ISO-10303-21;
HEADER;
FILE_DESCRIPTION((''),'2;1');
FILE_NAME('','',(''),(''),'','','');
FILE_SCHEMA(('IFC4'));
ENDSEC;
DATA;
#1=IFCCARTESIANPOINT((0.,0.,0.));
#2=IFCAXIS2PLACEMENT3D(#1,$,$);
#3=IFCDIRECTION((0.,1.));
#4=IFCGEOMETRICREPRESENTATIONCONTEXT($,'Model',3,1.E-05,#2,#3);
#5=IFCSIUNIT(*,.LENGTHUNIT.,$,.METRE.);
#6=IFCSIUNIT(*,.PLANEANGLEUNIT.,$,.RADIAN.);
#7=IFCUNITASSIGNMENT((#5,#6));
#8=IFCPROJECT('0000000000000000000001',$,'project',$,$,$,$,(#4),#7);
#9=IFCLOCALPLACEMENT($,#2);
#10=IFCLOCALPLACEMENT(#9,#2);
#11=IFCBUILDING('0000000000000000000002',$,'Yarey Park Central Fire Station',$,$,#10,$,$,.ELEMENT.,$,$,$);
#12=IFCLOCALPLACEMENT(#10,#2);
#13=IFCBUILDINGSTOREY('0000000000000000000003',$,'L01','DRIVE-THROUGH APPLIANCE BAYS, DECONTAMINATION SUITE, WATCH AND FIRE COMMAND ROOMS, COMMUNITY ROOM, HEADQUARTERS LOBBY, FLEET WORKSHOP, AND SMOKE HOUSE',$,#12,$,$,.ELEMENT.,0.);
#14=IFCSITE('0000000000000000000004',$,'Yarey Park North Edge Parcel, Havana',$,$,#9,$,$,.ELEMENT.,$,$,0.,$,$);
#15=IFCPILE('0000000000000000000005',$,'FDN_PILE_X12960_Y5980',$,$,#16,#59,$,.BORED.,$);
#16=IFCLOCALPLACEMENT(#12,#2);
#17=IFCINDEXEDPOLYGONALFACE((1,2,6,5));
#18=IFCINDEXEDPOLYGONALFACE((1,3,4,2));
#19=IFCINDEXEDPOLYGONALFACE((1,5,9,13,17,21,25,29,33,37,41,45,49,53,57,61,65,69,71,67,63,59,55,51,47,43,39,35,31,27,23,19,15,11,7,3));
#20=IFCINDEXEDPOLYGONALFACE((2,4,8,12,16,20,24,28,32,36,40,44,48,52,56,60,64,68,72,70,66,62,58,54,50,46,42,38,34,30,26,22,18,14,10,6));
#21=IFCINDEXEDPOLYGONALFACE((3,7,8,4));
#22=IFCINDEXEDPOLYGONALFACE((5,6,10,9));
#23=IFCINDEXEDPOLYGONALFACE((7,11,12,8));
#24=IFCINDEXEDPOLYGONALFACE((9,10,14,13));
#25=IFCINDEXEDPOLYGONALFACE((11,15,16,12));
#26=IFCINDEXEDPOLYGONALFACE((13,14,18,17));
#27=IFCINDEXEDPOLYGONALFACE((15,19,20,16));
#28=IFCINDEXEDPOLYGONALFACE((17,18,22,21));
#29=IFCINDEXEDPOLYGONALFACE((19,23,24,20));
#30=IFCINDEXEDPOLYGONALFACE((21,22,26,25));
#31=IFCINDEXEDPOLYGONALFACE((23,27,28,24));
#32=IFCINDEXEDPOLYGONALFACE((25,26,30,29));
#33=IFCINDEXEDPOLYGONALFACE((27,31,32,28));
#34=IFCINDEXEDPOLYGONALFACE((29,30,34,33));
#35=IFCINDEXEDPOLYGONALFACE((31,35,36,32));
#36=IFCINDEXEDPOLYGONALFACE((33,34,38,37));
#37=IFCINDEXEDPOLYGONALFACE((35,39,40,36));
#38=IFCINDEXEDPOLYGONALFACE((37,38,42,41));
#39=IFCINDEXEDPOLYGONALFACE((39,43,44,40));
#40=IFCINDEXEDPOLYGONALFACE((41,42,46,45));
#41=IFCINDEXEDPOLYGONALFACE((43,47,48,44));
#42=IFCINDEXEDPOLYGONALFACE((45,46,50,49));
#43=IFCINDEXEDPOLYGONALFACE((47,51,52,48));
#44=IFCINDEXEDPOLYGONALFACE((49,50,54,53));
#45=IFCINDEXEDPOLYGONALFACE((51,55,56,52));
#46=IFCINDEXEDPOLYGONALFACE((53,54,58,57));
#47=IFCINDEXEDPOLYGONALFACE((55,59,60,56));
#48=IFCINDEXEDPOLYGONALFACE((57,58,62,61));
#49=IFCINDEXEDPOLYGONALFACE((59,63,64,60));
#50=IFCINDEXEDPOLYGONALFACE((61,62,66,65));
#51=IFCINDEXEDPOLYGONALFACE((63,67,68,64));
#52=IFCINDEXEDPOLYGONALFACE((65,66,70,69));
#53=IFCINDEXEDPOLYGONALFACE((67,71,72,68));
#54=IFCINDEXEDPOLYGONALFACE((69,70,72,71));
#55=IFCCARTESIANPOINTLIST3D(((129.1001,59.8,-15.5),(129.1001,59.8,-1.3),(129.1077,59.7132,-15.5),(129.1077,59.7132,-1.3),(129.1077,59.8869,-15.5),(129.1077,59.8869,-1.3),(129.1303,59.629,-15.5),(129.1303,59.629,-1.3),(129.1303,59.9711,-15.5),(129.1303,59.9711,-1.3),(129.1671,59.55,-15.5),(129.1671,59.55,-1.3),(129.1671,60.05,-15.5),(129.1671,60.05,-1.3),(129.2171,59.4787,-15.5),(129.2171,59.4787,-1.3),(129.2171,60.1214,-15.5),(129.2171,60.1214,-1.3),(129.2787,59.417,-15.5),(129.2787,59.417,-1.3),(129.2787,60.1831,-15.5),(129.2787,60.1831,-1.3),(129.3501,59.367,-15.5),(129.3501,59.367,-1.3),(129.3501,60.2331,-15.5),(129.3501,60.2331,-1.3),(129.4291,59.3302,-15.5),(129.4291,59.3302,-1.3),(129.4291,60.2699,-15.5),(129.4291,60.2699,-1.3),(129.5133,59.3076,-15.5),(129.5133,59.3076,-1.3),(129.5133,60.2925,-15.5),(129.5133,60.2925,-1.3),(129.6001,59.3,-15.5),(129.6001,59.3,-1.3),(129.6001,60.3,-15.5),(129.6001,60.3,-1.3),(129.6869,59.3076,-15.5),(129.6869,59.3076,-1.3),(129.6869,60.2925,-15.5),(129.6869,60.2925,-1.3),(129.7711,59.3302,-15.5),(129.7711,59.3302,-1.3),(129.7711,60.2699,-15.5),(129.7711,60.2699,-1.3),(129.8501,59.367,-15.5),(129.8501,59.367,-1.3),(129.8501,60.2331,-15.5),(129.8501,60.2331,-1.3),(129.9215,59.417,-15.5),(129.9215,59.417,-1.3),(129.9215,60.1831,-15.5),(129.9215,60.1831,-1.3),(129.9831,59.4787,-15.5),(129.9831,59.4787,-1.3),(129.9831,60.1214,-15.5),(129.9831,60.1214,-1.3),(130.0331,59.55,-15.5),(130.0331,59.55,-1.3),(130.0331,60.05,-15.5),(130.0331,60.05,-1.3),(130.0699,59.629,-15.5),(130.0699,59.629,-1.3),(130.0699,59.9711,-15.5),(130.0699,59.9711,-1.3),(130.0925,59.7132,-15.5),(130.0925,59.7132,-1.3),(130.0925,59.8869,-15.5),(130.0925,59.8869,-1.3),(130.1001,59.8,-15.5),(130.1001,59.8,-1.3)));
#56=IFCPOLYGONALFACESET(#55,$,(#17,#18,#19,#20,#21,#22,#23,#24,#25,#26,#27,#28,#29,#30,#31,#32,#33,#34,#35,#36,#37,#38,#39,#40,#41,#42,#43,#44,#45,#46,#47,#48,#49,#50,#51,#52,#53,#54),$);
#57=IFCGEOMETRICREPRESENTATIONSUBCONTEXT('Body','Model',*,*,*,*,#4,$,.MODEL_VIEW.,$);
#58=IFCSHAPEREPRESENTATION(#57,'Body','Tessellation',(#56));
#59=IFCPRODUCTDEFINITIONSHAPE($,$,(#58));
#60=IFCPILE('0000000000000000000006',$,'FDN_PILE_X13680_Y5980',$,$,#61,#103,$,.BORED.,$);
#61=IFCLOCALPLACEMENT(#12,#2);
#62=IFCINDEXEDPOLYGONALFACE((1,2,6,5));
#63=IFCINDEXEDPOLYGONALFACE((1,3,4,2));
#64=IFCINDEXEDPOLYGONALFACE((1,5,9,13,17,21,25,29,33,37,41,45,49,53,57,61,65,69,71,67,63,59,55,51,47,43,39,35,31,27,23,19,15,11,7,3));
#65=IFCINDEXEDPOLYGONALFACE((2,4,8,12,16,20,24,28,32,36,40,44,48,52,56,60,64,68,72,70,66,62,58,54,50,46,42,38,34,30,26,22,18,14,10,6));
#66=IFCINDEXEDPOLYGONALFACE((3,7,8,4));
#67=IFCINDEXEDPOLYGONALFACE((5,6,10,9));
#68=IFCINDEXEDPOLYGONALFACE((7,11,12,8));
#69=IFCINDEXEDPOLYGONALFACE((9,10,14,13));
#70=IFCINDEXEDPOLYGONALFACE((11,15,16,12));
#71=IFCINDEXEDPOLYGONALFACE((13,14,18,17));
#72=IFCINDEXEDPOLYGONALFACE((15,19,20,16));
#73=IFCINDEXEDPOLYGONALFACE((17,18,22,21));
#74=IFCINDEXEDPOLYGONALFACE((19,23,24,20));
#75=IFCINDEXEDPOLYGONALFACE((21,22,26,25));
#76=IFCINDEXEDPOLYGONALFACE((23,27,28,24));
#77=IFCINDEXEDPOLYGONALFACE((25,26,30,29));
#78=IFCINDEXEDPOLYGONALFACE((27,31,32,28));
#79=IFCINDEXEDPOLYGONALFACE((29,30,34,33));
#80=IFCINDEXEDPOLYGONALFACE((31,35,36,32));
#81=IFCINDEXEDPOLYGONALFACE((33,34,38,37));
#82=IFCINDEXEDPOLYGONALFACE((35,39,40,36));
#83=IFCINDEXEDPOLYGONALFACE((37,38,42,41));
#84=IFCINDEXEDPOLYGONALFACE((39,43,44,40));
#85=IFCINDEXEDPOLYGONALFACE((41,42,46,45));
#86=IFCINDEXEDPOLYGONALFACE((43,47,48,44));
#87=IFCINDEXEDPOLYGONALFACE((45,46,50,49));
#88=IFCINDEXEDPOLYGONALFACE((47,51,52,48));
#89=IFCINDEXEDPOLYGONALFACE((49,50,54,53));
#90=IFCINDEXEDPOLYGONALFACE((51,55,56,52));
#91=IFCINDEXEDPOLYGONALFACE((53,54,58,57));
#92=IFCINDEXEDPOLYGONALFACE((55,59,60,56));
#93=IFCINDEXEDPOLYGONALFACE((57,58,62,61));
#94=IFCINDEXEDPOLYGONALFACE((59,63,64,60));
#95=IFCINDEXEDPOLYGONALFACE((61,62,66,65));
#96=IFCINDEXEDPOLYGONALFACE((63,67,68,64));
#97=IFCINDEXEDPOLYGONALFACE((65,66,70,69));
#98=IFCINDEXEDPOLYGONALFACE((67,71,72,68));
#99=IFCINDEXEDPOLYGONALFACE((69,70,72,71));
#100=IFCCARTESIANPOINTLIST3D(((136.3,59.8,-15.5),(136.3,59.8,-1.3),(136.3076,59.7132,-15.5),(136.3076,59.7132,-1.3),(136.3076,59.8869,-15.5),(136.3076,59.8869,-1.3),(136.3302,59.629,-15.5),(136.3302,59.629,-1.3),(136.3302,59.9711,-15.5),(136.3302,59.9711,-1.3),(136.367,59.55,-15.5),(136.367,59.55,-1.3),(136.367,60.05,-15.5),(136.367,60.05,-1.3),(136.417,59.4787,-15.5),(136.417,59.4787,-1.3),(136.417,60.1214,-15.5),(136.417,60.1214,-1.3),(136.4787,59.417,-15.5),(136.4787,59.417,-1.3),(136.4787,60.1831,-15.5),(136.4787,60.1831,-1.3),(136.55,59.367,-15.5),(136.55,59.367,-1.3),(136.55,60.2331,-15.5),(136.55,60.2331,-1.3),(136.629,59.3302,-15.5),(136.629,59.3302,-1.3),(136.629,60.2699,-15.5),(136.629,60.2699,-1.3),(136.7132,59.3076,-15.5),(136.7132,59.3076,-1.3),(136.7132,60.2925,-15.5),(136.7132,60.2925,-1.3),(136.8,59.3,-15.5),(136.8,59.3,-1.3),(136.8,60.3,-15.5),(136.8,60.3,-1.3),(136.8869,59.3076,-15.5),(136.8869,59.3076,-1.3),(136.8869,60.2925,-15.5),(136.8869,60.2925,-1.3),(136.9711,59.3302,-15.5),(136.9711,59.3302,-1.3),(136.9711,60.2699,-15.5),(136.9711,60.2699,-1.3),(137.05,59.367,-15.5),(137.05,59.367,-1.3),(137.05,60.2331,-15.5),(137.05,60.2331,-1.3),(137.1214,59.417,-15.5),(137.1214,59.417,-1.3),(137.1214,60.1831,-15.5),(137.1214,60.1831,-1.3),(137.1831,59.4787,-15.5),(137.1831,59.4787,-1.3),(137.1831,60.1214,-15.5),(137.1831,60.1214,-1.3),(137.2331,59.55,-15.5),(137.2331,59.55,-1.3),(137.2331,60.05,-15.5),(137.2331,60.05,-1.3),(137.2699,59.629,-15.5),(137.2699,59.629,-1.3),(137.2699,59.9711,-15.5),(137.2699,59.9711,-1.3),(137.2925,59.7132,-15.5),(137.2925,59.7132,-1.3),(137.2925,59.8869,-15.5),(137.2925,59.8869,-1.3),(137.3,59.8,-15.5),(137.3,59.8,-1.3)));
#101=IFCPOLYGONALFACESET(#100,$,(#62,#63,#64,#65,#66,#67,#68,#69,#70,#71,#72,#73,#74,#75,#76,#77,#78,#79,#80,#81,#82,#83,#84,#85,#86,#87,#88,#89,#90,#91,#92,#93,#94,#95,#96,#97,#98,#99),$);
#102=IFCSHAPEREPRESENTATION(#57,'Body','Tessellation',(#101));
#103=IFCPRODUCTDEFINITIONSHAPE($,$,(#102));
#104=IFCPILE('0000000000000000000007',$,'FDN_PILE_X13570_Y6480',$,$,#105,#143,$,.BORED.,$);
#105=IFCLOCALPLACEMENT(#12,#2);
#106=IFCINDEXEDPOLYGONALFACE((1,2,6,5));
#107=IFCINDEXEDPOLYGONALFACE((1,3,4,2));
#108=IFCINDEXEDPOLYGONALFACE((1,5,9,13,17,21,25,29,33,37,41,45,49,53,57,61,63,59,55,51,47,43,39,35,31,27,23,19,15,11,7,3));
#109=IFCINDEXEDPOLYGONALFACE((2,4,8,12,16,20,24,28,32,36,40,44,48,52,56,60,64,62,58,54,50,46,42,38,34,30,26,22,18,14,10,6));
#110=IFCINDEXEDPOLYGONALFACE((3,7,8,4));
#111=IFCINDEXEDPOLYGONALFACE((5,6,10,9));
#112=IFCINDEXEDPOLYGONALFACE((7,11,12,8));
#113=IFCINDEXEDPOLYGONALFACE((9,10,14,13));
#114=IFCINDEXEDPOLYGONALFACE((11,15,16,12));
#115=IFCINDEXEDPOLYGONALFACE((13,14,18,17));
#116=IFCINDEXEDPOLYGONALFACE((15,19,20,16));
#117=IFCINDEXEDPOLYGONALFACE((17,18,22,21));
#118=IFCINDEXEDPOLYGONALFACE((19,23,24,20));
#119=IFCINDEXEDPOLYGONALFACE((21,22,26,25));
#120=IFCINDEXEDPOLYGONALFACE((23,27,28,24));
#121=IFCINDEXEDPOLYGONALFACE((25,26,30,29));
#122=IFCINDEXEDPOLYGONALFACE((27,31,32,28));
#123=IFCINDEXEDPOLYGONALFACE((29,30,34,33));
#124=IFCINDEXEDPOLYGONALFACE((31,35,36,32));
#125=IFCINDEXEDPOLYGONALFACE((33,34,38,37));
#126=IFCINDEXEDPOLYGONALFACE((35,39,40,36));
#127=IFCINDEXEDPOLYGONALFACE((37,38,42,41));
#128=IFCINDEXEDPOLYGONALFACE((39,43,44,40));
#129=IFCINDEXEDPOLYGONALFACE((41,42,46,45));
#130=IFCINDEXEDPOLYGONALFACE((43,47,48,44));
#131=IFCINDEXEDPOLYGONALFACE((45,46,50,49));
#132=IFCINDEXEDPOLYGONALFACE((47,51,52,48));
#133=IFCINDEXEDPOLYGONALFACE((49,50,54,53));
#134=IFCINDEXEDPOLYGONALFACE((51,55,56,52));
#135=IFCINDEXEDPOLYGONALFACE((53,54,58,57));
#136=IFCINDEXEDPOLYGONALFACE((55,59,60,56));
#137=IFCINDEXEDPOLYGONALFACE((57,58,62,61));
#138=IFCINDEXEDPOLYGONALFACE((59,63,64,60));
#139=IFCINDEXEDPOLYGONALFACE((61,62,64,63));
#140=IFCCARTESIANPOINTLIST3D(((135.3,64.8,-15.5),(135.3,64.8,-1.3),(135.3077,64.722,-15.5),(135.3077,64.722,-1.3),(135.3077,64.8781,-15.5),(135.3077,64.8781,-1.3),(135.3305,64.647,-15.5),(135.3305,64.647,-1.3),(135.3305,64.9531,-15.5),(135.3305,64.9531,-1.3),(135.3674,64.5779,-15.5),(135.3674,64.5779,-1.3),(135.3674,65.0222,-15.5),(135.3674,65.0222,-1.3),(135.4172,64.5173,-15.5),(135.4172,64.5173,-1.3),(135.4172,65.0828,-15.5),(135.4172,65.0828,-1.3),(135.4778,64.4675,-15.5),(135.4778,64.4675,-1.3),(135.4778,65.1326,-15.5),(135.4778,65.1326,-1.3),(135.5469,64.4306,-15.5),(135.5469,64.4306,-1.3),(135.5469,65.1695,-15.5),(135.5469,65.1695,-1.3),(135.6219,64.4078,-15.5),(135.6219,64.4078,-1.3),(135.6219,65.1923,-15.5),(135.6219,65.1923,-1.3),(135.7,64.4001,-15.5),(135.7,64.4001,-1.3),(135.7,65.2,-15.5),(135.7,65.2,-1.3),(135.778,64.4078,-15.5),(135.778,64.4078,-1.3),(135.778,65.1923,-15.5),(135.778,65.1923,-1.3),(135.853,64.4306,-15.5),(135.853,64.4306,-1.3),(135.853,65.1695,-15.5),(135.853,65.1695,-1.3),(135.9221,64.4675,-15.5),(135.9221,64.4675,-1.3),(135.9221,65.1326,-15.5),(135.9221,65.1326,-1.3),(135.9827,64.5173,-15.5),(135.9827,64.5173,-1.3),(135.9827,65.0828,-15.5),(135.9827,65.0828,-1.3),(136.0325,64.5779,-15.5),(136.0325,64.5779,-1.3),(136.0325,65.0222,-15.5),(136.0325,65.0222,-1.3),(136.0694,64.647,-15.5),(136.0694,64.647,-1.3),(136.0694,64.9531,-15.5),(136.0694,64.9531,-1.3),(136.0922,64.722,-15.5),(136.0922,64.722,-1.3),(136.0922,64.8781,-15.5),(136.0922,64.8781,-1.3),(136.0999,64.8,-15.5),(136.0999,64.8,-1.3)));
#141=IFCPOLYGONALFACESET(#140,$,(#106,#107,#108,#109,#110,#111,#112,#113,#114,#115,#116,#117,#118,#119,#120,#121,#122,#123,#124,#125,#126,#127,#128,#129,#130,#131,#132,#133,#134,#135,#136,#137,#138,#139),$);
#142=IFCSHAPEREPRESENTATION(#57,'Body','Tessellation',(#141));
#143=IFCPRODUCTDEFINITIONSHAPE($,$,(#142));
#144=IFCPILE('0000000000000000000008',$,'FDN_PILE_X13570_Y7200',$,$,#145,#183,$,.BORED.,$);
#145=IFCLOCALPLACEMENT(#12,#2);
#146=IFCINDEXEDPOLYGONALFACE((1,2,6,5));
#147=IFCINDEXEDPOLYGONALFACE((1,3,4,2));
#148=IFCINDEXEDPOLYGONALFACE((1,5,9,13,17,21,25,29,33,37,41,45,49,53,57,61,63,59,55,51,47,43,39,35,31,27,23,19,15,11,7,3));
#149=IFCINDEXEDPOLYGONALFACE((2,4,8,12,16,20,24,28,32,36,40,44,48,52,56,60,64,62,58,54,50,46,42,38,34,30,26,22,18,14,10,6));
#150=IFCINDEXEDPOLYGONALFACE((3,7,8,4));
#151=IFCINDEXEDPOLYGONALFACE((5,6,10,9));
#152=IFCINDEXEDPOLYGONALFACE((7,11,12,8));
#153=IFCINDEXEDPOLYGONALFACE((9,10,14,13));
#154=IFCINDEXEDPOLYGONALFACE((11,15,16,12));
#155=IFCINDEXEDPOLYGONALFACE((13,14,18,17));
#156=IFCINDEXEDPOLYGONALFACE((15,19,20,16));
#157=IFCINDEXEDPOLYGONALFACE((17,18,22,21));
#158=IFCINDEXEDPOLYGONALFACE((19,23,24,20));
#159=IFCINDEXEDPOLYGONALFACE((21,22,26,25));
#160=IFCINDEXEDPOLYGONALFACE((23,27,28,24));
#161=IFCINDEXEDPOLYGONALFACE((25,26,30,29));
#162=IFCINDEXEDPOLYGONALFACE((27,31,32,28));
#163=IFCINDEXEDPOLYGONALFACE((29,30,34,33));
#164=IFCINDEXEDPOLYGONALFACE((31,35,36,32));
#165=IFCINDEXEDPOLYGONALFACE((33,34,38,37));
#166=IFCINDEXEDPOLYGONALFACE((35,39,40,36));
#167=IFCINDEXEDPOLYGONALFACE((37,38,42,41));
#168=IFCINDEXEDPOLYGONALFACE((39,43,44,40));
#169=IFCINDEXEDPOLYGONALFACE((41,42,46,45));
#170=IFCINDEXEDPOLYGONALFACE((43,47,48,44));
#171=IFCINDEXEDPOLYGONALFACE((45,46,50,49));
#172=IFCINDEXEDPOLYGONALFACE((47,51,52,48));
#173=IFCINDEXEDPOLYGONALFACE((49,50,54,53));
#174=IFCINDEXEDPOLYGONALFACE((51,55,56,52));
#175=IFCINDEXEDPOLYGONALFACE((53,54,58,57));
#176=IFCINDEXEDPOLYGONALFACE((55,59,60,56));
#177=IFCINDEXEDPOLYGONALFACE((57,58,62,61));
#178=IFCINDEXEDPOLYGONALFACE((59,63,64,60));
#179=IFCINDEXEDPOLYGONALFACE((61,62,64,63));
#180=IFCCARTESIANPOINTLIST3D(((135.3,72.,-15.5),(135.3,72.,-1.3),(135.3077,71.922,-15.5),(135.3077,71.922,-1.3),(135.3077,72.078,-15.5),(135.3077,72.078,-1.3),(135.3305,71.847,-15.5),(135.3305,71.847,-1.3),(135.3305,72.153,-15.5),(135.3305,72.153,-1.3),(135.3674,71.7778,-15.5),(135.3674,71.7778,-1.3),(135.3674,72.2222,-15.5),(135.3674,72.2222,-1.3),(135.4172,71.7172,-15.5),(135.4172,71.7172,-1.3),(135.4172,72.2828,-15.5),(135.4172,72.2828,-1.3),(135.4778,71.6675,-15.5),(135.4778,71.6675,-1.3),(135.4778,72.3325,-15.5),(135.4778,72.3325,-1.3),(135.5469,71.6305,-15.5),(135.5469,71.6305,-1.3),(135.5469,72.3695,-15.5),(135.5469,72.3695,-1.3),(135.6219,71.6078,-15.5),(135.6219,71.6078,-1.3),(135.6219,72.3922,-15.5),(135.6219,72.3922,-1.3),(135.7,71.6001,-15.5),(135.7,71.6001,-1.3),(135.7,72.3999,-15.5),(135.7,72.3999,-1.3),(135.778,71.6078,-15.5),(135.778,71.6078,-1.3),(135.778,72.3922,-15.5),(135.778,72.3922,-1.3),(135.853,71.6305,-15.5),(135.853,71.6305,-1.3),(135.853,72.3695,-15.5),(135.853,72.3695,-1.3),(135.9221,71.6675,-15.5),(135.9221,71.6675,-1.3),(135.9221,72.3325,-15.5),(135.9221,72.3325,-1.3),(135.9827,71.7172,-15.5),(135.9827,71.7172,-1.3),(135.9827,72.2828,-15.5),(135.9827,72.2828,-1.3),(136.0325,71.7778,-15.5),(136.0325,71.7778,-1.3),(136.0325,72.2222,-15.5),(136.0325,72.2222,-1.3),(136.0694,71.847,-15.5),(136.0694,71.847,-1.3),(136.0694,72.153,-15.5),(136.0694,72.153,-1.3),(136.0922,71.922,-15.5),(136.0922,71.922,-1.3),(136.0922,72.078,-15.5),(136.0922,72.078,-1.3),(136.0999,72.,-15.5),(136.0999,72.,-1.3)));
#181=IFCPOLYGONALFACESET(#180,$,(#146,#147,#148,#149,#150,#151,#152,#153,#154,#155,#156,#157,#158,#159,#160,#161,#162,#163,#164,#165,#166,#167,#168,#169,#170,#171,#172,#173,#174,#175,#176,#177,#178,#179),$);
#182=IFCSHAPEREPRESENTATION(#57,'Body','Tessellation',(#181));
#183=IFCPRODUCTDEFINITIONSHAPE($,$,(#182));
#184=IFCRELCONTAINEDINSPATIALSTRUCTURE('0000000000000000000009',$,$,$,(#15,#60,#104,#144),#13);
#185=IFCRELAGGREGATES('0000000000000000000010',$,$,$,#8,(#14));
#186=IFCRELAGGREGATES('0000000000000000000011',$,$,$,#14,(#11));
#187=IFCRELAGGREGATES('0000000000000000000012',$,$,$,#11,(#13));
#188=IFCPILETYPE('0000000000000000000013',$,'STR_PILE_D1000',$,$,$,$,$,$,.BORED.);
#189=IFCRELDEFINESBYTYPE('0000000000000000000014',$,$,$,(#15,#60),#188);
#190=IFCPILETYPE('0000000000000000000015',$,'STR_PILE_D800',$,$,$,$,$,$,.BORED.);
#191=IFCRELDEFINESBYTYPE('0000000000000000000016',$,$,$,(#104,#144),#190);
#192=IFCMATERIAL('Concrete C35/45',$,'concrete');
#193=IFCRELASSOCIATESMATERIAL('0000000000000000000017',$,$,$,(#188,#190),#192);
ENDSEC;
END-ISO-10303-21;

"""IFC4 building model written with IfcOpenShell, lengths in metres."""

from ifc_helpers import new_model, si_unit, direction, frame, origin, origin_2d, place, context, subcontext, project, spatial, circle, extrude, material, material_profile, profile_set, type_object, element, save


model = new_model("IFC4")

# Units and contexts
model_context = context("Model", 3, precision=1e-05, world=origin(), true_north=direction((0.0, 1.0)))
body_context = subcontext(model_context, "Body", "Model", "MODEL_VIEW")
ifc_project = project(units=[si_unit("LENGTHUNIT", "METRE"), si_unit("PLANEANGLEUNIT", "RADIAN")], contexts=[model_context])

# Site, building, storey
site_placement = place(None, origin())
site = spatial("IfcSite", under=ifc_project, at=site_placement, Name="Yarey Park North Edge Parcel, Havana", CompositionType="ELEMENT", RefElevation=0.0)
building_placement = place(site_placement, origin())
building = spatial("IfcBuilding", under=site, at=building_placement, Name="Yarey Park Central Fire Station", CompositionType="ELEMENT")
storey_placement = place(building_placement, origin())
storey = spatial("IfcBuildingStorey", under=building, at=storey_placement, Name="L01", Description="DRIVE-THROUGH APPLIANCE BAYS, DECONTAMINATION SUITE, WATCH AND FIRE COMMAND ROOMS, COMMUNITY ROOM, HEADQUARTERS LOBBY, FLEET WORKSHOP, AND SMOKE HOUSE", CompositionType="ELEMENT", Elevation=0.0)

# Shared definitions
ifc_material_1 = material(Name="Concrete C35/45", Category="concrete")

# Piles
ifc_material_profile_1 = material_profile(ifc_material_1, circle(Radius=0.5, at=origin_2d()), Name="BORED PILE D1000")
ifc_profile_set_1 = profile_set([ifc_material_profile_1], Name="Concrete C35/45")
pile_type_1 = type_object("IfcPileType", Name="STR_PILE_D1000", PredefinedType="BORED", material=ifc_profile_set_1)
for number, where, z_axis, x_axis, name in (
    (1, (129.6001, 59.8, -1.3), (0.0, 0.0, -1.0), (1.0, 0.0, 0.0), "FDN_PILE_X12960_Y5980"),
    (2, (136.8, 59.8, -1.3), (0.0, 0.0, -1.0), (1.0, 0.0, 0.0), "FDN_PILE_X13680_Y5980"),
):
    element("IfcPile", number, at=place(storey_placement, frame(where, z_axis=z_axis, x_axis=x_axis)), inside=storey, type_object=pile_type_1, Name=name, PredefinedType="BORED", context=body_context, shape_type="SweptSolid", body=[
        extrude(circle(Radius=0.5, at=origin_2d()), origin(), (0.0, 0.0, 1.0), 14.2),
    ])
ifc_material_profile_2 = material_profile(ifc_material_1, circle(Radius=0.3999, at=origin_2d()), Name="BORED PILE D800")
ifc_profile_set_2 = profile_set([ifc_material_profile_2], Name="Concrete C35/45")
pile_type_2 = type_object("IfcPileType", Name="STR_PILE_D800", PredefinedType="BORED", material=ifc_profile_set_2)
for number, where, z_axis, x_axis, name in (
    (3, (135.7, 64.8, -1.3), (0.0, 0.0, -1.0), (1.0, 0.0, 0.0), "FDN_PILE_X13570_Y6480"),
    (4, (135.7, 72.0, -1.3), (0.0, 0.0, -1.0), (1.0, 0.0, 0.0), "FDN_PILE_X13570_Y7200"),
):
    element("IfcPile", number, at=place(storey_placement, frame(where, z_axis=z_axis, x_axis=x_axis)), inside=storey, type_object=pile_type_2, Name=name, PredefinedType="BORED", context=body_context, shape_type="SweptSolid", body=[
        extrude(circle(Radius=0.3999, at=origin_2d()), origin(), (0.0, 0.0, 1.0), 14.2),
    ])

save(model, "model.ifc")
